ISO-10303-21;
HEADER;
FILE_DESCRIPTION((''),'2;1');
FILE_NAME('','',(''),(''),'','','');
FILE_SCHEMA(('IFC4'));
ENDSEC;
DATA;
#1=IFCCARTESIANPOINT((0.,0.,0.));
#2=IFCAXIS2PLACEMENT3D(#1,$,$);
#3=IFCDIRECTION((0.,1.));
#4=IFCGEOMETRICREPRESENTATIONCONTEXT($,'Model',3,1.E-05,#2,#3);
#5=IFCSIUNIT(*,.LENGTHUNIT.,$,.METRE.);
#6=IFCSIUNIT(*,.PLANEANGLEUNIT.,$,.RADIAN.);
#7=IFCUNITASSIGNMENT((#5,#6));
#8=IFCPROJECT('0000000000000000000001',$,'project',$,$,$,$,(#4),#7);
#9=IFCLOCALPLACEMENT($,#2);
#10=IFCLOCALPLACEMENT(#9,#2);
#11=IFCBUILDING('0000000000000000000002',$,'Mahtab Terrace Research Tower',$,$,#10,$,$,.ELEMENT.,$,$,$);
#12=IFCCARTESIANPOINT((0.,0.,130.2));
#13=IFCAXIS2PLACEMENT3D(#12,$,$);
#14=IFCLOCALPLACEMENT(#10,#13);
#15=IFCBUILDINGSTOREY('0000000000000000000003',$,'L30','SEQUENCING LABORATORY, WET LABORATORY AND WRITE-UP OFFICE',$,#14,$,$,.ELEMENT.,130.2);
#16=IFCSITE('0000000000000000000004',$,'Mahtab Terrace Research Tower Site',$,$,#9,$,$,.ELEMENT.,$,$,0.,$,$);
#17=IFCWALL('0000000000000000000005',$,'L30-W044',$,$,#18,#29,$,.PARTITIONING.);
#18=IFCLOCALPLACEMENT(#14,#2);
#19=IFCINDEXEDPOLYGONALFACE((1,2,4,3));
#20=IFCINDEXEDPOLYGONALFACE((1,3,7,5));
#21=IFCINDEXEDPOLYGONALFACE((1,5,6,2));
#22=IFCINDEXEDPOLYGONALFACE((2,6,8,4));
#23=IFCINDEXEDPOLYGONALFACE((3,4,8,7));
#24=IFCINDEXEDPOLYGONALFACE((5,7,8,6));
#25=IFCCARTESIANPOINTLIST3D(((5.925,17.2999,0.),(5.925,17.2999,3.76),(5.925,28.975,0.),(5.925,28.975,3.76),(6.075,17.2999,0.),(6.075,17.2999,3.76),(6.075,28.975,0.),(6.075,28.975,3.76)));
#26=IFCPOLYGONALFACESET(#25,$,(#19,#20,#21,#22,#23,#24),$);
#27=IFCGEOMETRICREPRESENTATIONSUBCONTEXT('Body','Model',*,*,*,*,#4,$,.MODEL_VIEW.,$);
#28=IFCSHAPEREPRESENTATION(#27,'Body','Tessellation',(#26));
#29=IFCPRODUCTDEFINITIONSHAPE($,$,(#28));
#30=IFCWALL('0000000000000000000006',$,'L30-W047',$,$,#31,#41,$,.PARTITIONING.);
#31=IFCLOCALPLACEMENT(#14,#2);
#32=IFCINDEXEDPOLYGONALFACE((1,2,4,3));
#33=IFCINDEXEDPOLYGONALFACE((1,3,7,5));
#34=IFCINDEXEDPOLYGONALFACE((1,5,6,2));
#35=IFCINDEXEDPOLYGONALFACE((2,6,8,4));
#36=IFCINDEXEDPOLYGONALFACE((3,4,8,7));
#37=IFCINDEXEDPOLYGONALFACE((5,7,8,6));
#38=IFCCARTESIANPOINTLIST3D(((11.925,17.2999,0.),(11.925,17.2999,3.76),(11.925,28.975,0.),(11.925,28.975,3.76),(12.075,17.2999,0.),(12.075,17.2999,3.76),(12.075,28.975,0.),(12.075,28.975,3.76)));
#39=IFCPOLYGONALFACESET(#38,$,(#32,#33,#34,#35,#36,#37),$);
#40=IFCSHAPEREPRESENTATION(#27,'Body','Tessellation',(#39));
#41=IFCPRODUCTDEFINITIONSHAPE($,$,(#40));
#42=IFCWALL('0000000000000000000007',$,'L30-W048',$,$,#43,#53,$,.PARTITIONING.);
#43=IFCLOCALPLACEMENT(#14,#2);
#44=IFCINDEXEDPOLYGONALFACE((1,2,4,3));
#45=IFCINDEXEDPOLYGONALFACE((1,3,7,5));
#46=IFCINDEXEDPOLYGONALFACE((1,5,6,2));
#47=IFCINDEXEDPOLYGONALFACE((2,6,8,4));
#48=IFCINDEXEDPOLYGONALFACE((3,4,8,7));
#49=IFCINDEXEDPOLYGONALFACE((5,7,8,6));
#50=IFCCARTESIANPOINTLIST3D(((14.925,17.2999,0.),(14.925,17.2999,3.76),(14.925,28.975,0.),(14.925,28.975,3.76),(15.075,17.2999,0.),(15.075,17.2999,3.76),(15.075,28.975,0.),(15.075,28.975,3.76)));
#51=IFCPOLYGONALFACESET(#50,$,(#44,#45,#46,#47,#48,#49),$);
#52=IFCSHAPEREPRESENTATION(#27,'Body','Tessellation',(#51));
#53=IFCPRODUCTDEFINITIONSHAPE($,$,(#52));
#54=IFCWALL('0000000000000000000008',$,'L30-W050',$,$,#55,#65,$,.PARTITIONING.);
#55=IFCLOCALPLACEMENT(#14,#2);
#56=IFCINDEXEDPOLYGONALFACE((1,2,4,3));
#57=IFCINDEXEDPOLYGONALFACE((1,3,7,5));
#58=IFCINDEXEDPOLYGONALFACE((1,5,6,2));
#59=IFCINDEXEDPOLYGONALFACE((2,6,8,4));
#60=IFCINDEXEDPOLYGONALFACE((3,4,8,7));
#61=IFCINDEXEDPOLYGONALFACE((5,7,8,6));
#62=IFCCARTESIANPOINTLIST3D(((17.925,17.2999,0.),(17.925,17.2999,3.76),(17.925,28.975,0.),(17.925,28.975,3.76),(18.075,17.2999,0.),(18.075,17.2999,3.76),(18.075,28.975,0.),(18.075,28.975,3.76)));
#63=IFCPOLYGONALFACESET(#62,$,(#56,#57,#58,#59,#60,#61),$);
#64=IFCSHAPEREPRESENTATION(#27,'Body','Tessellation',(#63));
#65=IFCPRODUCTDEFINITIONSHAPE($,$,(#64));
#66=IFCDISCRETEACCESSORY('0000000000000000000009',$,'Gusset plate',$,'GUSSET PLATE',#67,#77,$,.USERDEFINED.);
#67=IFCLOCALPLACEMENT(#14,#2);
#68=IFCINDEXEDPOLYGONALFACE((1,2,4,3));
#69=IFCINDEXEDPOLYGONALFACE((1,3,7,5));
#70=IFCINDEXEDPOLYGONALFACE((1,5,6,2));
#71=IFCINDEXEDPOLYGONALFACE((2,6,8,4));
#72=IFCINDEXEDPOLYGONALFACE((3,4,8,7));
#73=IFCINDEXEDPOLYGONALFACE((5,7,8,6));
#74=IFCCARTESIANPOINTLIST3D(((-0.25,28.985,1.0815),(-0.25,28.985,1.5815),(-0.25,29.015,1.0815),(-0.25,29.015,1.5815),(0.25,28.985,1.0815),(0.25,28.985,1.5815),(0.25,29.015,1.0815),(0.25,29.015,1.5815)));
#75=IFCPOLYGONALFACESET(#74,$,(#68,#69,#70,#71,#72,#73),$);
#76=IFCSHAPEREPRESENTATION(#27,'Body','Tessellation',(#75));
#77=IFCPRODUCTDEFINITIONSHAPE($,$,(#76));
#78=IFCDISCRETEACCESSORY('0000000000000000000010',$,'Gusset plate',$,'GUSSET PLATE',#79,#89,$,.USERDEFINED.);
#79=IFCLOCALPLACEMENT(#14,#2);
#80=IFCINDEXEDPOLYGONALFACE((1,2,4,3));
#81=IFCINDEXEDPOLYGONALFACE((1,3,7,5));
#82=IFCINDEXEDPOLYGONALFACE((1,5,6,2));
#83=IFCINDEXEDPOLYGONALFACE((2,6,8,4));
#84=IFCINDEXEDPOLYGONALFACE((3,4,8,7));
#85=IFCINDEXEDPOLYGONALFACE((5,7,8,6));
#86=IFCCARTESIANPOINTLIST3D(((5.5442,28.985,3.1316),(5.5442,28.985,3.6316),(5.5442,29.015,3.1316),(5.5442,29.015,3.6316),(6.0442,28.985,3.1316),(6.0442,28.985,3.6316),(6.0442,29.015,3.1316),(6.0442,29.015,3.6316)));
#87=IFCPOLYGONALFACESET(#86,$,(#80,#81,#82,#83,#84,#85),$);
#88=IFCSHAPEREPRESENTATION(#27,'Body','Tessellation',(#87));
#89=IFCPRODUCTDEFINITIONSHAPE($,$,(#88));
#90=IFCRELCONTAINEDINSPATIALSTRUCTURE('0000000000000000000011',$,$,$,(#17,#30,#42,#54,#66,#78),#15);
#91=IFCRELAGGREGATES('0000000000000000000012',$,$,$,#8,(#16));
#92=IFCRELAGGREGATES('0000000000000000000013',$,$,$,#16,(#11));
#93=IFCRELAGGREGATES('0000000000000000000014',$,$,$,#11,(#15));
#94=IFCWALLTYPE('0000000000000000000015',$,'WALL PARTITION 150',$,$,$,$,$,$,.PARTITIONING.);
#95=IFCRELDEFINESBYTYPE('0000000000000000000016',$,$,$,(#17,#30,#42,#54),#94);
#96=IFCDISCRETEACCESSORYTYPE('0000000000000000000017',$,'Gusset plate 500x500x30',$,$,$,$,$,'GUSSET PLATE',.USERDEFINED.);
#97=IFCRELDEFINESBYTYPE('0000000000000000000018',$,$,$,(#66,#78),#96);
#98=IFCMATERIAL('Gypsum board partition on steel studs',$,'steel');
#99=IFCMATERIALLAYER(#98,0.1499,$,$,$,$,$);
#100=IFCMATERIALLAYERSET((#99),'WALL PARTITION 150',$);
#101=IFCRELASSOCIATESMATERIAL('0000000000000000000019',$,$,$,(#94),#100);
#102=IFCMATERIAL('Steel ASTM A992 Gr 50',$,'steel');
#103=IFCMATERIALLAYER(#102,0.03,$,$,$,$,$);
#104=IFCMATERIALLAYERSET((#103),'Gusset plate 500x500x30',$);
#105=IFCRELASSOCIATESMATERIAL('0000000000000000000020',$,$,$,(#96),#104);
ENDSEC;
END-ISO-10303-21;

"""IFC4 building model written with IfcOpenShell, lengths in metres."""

from ifc_helpers import new_model, si_unit, direction, frame, frame_2d, origin, origin_2d, place, context, subcontext, project, spatial, rectangle, extrude, material, layer, layer_set, type_object, element, save


model = new_model("IFC4")

# Units and contexts
model_context = context("Model", 3, precision=1e-05, world=origin(), true_north=direction((0.0, 1.0)))
body_context = subcontext(model_context, "Body", "Model", "MODEL_VIEW")
ifc_project = project(units=[si_unit("LENGTHUNIT", "METRE"), si_unit("PLANEANGLEUNIT", "RADIAN")], contexts=[model_context])

# Site, building, storey
site_placement = place(None, origin())
site = spatial("IfcSite", under=ifc_project, at=site_placement, Name="Mahtab Terrace Research Tower Site", CompositionType="ELEMENT", RefElevation=0.0)
building_placement = place(site_placement, origin())
building = spatial("IfcBuilding", under=site, at=building_placement, Name="Mahtab Terrace Research Tower", CompositionType="ELEMENT")
storey_placement = place(building_placement, frame((0.0, 0.0, 130.2)))
storey = spatial("IfcBuildingStorey", under=building, at=storey_placement, Name="L30", Description="SEQUENCING LABORATORY, WET LABORATORY AND WRITE-UP OFFICE", CompositionType="ELEMENT", Elevation=130.2)

# Shared definitions
ifc_material_1 = material(Name="Steel ASTM A992 Gr 50", Category="steel")

# Walls
ifc_material_2 = material(Name="Gypsum board partition on steel studs", Category="steel")
ifc_layer_1 = layer(ifc_material_2, 0.1499)
ifc_layer_set_1 = layer_set([ifc_layer_1], Name="WALL PARTITION 150")
wall_type_1 = type_object("IfcWallType", Name="WALL PARTITION 150", PredefinedType="PARTITIONING", material=ifc_layer_set_1)
for number, where, z_axis, x_axis, name in (
    (1, (6.0, 17.3, 0.0), (0.0, 0.0, 1.0), (0.0, 1.0, 0.0), "L30-W044"),
    (2, (12.0, 17.3, 0.0), (0.0, 0.0, 1.0), (0.0, 1.0, 0.0), "L30-W047"),
    (3, (15.0, 17.3, 0.0), (0.0, 0.0, 1.0), (0.0, 1.0, 0.0), "L30-W048"),
    (4, (18.0, 17.3, 0.0), (0.0, 0.0, 1.0), (0.0, 1.0, 0.0), "L30-W050"),
):
    element("IfcWall", number, at=place(storey_placement, frame(where, z_axis=z_axis, x_axis=x_axis)), inside=storey, type_object=wall_type_1, Name=name, PredefinedType="PARTITIONING", context=body_context, shape_type="SweptSolid", body=[
        extrude(rectangle(XDim=11.675, YDim=0.1499, at=frame_2d((5.8374, 0.0))), origin(), (0.0, 0.0, 1.0), 3.76),
    ])

# Discrete accessories
ifc_layer_2 = layer(ifc_material_1, 0.03)
ifc_layer_set_2 = layer_set([ifc_layer_2], Name="Gusset plate 500x500x30")
discrete_accessory_type = type_object("IfcDiscreteAccessoryType", Name="Gusset plate 500x500x30", ElementType="GUSSET PLATE", PredefinedType="USERDEFINED", material=ifc_layer_set_2)
for number, where, z_axis, x_axis, name in (
    (5, (0.0, 29.0, 1.0815), (0.0, 0.0, 1.0), (1.0, 0.0, 0.0), "Gusset plate"),
    (6, (5.7942, 29.0, 3.1316), (0.0, 0.0, 1.0), (1.0, 0.0, 0.0), "Gusset plate"),
):
    element("IfcDiscreteAccessory", number, at=place(storey_placement, frame(where, z_axis=z_axis, x_axis=x_axis)), inside=storey, type_object=discrete_accessory_type, Name=name, ObjectType="GUSSET PLATE", PredefinedType="USERDEFINED", context=body_context, shape_type="SweptSolid", body=[
        extrude(rectangle(XDim=0.5, YDim=0.03, at=origin_2d()), origin(), (0.0, 0.0, 1.0), 0.5),
    ])

save(model, "model.ifc")
